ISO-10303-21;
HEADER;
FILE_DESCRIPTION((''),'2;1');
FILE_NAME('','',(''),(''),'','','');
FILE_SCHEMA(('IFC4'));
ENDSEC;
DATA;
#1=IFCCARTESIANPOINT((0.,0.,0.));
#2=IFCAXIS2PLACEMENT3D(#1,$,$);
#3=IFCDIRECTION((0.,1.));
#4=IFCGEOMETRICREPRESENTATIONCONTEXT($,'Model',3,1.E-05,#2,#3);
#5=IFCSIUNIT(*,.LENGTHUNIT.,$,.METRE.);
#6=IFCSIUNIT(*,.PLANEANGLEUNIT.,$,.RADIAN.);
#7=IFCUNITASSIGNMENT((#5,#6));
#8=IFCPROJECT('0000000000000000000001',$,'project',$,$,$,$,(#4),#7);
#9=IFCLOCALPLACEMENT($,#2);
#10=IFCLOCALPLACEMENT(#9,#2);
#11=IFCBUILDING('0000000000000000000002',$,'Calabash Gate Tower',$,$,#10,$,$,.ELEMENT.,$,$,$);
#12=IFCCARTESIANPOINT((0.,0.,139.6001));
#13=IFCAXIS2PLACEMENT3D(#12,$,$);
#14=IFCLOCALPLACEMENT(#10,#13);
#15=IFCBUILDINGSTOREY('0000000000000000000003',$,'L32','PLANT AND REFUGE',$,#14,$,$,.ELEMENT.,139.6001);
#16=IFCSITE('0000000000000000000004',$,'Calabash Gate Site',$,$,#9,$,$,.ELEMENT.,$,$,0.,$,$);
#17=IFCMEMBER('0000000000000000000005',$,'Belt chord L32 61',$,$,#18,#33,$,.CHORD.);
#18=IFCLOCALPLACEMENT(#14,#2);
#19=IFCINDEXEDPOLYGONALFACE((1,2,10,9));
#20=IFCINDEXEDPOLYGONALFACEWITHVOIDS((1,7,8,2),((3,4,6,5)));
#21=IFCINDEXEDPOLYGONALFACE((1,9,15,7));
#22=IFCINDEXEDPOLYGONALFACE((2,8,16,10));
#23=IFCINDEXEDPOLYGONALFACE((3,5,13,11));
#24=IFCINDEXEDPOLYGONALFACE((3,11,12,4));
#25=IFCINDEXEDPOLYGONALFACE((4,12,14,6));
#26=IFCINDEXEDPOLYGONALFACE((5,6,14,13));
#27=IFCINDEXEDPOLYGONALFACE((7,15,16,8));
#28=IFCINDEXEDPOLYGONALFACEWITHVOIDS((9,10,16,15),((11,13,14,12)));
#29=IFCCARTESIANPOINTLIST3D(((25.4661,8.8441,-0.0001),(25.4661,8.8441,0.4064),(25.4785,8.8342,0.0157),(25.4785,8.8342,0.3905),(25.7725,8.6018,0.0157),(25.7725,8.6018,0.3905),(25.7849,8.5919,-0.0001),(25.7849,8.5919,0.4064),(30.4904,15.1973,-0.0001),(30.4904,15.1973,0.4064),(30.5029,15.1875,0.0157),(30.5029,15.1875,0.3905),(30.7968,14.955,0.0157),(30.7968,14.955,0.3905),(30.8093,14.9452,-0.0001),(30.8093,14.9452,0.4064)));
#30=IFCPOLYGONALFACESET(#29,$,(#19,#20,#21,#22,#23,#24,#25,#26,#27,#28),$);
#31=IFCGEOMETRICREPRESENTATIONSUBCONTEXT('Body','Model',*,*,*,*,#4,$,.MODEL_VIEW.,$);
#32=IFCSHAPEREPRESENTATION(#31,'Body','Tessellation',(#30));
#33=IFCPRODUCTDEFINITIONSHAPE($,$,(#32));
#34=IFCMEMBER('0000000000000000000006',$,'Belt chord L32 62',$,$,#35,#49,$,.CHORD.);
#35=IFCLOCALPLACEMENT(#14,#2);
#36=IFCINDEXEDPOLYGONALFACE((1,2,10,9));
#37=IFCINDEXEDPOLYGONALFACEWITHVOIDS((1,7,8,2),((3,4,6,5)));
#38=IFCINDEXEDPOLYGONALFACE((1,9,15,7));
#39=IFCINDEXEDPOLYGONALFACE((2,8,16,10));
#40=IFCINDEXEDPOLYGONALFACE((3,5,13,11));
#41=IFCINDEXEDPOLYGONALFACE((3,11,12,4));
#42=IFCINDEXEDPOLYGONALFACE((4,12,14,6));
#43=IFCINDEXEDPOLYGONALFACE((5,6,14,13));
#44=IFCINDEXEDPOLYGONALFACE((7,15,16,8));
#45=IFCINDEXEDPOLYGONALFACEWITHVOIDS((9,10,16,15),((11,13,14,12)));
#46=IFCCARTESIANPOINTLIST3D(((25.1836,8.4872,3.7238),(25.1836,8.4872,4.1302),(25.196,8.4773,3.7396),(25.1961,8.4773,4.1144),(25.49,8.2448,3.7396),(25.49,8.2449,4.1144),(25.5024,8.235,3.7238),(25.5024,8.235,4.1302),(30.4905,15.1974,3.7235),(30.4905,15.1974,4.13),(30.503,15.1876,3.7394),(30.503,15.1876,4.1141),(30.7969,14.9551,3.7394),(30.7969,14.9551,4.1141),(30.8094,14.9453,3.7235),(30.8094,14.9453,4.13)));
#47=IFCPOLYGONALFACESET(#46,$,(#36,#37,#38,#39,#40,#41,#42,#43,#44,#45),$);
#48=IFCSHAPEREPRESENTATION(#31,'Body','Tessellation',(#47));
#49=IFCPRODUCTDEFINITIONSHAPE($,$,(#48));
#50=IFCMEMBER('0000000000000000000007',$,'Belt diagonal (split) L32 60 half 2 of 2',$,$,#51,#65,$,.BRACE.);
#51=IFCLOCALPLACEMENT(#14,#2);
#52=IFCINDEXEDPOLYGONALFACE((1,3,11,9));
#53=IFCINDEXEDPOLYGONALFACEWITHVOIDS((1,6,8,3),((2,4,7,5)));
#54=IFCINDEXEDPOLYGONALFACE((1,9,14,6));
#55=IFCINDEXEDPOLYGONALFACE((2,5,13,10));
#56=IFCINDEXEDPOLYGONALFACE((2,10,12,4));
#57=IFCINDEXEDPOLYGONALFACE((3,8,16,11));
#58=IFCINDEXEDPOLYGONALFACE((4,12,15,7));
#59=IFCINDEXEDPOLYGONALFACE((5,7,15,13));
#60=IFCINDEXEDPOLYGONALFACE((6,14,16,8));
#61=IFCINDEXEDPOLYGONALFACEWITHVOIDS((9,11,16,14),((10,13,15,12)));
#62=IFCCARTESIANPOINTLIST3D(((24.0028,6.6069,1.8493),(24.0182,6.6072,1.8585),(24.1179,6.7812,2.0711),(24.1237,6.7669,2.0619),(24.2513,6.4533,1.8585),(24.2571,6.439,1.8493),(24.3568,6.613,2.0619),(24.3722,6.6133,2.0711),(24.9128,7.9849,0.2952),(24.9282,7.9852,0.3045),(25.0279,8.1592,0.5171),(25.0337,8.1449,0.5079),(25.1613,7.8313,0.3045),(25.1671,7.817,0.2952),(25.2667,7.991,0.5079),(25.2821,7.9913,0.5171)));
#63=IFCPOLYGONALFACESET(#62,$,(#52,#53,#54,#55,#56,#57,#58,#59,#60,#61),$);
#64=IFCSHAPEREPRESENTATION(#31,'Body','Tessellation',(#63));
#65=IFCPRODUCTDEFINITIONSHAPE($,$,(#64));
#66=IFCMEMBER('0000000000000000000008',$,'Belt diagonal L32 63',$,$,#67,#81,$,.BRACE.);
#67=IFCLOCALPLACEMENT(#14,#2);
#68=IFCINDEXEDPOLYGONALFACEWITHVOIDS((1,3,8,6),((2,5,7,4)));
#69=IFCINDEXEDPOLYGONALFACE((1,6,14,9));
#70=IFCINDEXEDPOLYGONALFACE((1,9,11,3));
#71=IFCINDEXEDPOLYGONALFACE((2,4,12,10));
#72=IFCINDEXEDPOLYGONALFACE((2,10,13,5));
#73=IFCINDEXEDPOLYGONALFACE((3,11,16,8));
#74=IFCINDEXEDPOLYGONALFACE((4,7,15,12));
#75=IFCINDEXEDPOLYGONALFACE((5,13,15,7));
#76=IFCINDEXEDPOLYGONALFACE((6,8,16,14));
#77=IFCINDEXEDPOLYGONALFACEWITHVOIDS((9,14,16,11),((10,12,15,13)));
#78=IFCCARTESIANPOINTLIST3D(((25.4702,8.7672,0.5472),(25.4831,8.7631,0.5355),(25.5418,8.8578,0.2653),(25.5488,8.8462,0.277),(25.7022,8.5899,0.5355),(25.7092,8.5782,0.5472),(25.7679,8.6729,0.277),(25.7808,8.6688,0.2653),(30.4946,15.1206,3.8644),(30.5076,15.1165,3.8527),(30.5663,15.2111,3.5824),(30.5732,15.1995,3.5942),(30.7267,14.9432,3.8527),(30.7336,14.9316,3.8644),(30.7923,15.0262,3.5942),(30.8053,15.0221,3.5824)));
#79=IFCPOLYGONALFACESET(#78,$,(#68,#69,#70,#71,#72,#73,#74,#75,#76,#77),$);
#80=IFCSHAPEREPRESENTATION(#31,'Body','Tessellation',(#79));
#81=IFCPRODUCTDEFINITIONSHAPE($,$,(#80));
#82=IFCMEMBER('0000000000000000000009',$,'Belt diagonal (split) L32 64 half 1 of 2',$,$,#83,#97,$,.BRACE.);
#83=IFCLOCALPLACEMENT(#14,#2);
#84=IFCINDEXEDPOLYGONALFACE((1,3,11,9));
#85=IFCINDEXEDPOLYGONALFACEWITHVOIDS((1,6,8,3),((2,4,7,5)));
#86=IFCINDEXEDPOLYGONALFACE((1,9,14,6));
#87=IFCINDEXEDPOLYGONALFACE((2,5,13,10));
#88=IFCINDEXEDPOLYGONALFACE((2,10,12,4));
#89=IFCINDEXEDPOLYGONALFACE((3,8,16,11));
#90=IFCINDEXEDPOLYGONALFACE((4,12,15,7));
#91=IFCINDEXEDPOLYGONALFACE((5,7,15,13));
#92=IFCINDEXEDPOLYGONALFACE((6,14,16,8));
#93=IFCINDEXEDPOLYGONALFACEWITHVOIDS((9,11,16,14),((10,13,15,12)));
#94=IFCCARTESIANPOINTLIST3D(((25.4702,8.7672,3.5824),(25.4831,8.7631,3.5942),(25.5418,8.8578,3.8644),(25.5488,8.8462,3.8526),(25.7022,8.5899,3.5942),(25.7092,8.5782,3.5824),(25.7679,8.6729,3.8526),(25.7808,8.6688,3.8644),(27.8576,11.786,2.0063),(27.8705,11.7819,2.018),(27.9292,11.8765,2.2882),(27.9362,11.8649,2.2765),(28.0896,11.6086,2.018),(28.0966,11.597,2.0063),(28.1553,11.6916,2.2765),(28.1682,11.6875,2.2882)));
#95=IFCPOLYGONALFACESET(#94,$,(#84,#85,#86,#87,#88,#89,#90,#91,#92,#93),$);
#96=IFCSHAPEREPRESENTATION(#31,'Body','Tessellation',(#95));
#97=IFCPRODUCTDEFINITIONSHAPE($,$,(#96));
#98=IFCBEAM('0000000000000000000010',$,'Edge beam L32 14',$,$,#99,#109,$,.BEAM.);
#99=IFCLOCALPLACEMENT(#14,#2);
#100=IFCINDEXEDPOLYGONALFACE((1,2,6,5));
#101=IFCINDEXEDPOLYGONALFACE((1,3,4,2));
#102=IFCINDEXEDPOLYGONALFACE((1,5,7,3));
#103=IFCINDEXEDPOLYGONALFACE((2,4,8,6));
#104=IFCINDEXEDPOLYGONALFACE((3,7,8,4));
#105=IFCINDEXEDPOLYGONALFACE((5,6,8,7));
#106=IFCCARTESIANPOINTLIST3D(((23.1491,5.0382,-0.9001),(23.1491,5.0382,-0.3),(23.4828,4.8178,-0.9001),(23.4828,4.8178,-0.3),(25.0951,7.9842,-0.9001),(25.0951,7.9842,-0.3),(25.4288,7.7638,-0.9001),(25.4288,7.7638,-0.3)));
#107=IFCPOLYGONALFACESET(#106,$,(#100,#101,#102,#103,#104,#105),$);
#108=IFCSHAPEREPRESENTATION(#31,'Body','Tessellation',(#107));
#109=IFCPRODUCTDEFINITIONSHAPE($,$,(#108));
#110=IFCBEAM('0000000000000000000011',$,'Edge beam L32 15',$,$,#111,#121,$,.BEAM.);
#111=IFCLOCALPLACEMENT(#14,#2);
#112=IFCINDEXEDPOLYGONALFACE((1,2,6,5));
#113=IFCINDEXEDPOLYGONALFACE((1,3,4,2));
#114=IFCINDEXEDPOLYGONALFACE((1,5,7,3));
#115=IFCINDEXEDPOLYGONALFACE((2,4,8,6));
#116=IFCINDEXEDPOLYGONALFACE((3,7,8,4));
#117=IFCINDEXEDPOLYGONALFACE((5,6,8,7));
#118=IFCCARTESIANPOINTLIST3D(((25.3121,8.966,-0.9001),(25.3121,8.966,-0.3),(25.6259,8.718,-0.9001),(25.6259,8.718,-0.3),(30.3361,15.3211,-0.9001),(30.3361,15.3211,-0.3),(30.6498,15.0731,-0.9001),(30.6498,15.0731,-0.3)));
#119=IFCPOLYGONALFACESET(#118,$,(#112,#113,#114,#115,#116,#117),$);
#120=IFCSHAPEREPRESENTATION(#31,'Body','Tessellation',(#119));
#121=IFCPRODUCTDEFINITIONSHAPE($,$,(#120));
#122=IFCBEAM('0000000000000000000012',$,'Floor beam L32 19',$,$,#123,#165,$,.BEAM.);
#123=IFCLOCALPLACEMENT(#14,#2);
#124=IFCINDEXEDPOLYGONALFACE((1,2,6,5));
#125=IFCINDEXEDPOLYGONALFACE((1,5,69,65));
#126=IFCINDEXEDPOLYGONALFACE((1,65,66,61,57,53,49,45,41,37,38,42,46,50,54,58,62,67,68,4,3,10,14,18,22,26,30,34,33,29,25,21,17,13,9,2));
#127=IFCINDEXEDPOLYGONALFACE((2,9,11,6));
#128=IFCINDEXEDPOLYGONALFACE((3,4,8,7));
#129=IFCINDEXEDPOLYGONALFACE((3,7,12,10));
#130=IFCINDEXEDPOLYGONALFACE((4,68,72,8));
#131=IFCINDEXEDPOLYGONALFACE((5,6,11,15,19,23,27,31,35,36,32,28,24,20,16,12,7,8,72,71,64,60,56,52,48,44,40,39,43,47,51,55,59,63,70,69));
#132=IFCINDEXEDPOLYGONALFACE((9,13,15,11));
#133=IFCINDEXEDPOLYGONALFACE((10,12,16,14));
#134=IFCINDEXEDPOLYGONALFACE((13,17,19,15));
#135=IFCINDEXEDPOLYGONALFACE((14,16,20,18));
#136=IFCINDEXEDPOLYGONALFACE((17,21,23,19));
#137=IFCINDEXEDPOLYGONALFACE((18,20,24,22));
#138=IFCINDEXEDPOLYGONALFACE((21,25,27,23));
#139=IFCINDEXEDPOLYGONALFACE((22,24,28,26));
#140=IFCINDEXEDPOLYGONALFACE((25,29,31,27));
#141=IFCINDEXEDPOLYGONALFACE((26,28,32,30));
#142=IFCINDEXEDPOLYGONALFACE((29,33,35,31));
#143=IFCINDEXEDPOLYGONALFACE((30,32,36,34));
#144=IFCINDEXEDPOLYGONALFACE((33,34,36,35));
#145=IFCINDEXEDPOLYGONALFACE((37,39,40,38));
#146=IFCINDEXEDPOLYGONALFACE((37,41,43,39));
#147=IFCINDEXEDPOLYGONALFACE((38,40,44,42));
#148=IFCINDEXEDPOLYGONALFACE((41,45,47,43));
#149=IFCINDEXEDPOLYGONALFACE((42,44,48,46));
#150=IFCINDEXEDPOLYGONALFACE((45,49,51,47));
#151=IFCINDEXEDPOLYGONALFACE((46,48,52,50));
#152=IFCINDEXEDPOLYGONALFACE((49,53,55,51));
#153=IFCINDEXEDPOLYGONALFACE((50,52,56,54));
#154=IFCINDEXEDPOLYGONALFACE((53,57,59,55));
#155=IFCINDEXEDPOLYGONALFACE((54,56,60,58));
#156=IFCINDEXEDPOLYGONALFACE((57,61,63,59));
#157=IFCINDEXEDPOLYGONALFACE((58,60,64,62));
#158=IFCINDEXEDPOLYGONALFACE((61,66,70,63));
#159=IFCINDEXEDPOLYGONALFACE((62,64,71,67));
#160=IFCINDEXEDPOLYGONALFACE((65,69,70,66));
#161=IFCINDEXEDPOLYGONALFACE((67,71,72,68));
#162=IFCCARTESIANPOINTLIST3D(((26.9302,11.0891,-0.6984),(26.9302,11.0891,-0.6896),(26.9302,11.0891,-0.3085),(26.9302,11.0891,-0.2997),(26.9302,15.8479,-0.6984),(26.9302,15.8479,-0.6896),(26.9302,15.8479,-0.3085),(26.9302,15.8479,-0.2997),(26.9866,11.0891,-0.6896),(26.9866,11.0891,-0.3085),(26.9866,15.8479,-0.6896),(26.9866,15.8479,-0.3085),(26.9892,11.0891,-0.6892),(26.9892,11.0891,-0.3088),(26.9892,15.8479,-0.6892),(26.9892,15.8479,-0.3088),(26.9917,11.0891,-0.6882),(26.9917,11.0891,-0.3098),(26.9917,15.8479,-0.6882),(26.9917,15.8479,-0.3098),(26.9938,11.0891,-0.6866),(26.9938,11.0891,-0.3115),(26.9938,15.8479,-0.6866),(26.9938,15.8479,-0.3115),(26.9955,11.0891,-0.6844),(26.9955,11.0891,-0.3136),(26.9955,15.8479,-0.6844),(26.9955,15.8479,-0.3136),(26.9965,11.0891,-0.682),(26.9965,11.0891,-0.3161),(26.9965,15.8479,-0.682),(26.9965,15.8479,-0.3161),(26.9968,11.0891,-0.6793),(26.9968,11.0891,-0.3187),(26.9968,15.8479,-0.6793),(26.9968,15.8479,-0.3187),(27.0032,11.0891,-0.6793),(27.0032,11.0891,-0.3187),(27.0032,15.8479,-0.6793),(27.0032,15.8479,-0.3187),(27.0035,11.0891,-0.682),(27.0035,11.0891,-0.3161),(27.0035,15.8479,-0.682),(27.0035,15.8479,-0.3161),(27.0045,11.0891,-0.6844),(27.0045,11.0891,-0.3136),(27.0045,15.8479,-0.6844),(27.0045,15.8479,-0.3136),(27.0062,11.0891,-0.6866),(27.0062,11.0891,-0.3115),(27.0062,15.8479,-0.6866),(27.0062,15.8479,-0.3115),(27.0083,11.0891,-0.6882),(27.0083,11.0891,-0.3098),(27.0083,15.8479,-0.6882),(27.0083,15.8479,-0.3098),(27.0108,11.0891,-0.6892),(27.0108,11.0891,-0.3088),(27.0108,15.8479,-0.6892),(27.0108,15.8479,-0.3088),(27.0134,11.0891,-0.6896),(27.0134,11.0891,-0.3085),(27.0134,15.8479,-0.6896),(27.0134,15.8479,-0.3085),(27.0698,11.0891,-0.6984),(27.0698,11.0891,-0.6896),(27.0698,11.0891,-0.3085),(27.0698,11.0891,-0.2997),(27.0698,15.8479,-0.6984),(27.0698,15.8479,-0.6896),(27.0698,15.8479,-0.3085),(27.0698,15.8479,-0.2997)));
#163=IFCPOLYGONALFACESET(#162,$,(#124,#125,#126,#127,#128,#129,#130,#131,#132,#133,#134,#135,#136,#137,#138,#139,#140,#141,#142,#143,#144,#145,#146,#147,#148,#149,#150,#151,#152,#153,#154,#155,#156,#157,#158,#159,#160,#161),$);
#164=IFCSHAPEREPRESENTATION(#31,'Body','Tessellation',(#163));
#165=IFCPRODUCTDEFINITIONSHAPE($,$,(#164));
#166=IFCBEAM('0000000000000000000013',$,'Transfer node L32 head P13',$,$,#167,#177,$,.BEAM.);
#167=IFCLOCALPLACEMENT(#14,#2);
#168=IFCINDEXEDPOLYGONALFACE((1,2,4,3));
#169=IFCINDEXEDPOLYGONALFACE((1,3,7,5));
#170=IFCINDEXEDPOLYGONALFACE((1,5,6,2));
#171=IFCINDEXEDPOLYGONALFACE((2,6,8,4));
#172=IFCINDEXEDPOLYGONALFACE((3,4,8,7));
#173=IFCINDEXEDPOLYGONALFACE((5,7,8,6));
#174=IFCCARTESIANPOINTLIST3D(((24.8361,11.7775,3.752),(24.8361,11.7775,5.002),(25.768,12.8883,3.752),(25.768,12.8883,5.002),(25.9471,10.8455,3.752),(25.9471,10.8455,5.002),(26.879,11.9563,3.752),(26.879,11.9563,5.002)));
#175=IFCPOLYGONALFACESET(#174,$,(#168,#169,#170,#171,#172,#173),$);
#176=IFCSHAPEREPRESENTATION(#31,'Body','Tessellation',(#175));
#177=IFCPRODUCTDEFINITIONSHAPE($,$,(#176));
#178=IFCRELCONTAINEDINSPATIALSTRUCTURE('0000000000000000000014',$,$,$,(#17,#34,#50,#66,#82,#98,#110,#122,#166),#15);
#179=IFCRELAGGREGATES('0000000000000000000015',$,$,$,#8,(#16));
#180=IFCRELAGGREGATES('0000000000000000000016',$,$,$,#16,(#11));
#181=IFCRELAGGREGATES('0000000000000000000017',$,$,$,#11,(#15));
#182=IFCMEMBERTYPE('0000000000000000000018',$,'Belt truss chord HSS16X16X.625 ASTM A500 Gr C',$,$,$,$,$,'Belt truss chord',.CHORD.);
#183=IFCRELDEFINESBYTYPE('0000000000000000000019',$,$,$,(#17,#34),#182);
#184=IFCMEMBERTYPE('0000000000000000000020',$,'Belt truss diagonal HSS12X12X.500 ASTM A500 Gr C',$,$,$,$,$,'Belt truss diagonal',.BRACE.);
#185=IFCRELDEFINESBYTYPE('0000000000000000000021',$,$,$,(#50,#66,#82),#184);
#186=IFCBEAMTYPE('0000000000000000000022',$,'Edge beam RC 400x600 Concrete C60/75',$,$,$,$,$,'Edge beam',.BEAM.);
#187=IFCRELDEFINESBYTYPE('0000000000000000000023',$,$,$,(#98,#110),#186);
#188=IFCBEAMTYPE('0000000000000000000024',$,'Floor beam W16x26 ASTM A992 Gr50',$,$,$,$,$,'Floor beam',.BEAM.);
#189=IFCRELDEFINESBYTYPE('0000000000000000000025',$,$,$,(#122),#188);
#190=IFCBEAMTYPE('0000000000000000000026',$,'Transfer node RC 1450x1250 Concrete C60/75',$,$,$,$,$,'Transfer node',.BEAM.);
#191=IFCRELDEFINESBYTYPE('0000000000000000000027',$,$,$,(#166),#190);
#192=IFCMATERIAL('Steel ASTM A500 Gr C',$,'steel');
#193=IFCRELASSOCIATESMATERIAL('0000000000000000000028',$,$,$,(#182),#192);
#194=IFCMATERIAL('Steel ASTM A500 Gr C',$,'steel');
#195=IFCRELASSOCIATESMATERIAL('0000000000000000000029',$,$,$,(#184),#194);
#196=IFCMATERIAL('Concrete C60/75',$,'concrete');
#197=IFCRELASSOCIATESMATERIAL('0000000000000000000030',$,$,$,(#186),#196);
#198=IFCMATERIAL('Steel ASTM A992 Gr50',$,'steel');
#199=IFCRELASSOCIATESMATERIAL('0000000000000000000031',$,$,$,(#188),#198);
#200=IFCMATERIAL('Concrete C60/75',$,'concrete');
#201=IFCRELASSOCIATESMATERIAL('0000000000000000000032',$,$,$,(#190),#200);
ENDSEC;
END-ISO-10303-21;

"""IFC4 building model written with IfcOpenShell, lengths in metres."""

from ifc_helpers import new_model, si_unit, direction, frame, origin, origin_2d, place, context, subcontext, project, spatial, rectangle, hollow_rectangle, i_section, extrude, material, material_profile, profile_set, type_object, element, save


model = new_model("IFC4")

# Units and contexts
model_context = context("Model", 3, precision=1e-05, world=origin(), true_north=direction((0.0, 1.0)))
body_context = subcontext(model_context, "Body", "Model", "MODEL_VIEW")
ifc_project = project(units=[si_unit("LENGTHUNIT", "METRE"), si_unit("PLANEANGLEUNIT", "RADIAN")], contexts=[model_context])

# Site, building, storey
site_placement = place(None, origin())
site = spatial("IfcSite", under=ifc_project, at=site_placement, Name="Calabash Gate Site", CompositionType="ELEMENT", RefElevation=0.0)
building_placement = place(site_placement, origin())
building = spatial("IfcBuilding", under=site, at=building_placement, Name="Calabash Gate Tower", CompositionType="ELEMENT")
storey_placement = place(building_placement, frame((0.0, 0.0, 139.6001)))
storey = spatial("IfcBuildingStorey", under=building, at=storey_placement, Name="L32", Description="PLANT AND REFUGE", CompositionType="ELEMENT", Elevation=139.6001)

# Members
ifc_material_1 = material(Name="Steel ASTM A500 Gr C", Category="steel")
ifc_material_profile_1 = material_profile(ifc_material_1, hollow_rectangle(XDim=0.4065, YDim=0.4065, WallThickness=0.0159, at=origin_2d()))
ifc_profile_set_1 = profile_set([ifc_material_profile_1], Name="Steel ASTM A500 Gr C")
member_type_1 = type_object("IfcMemberType", Name="Belt truss chord HSS16X16X.625 ASTM A500 Gr C", ElementType="Belt truss chord", PredefinedType="CHORD", material=ifc_profile_set_1)
member_1_placement = place(storey_placement, frame((25.6255, 8.718, 0.2031), z_axis=(0.620304, 0.784362, 0.0), x_axis=(-0.784362, 0.620304, 0.0)))
element("IfcMember", 1, at=member_1_placement, inside=storey, type_object=member_type_1, Name="Belt chord L32 61", PredefinedType="CHORD", context=body_context, shape_type="SweptSolid", body=[
    extrude(hollow_rectangle(XDim=0.4065, YDim=0.4065, WallThickness=0.0159, at=origin_2d()), origin(), (0.0, 0.0, 1.0), 8.0999),
])
member_2_placement = place(storey_placement, frame((25.343, 8.3611, 3.927), z_axis=(0.620318, 0.784351, -0.000029), x_axis=(-0.784351, 0.620318, 0.0)))
element("IfcMember", 2, at=member_2_placement, inside=storey, type_object=member_type_1, Name="Belt chord L32 62", PredefinedType="CHORD", context=body_context, shape_type="SweptSolid", body=[
    extrude(hollow_rectangle(XDim=0.4065, YDim=0.4065, WallThickness=0.0159, at=origin_2d()), origin(), (0.0, 0.0, 1.0), 8.5552),
])
ifc_material_2 = material(Name="Steel ASTM A500 Gr C", Category="steel")
ifc_material_profile_2 = material_profile(ifc_material_2, hollow_rectangle(XDim=0.3047, YDim=0.3047, WallThickness=0.0127, at=origin_2d()))
ifc_profile_set_2 = profile_set([ifc_material_profile_2], Name="Steel ASTM A500 Gr C")
member_type_2 = type_object("IfcMemberType", Name="Belt truss diagonal HSS12X12X.500 ASTM A500 Gr C", ElementType="Belt truss diagonal", PredefinedType="BRACE", material=ifc_profile_set_2)
member_3_placement = place(storey_placement, frame((24.1875, 6.6101, 1.9602), z_axis=(0.40129, 0.607696, -0.685326), x_axis=(-0.834476, 0.551044, 0.0)))
element("IfcMember", 3, at=member_3_placement, inside=storey, type_object=member_type_2, Name="Belt diagonal (split) L32 60 half 2 of 2", PredefinedType="BRACE", context=body_context, shape_type="SweptSolid", body=[
    extrude(hollow_rectangle(XDim=0.3047, YDim=0.3047, WallThickness=0.0127, at=origin_2d()), origin(), (0.0, 0.0, 1.0), 2.2676),
])
member_4_placement = place(storey_placement, frame((25.6255, 8.718, 0.4062), z_axis=(0.574032, 0.725853, 0.378979), x_axis=(-0.784362, 0.620304, 0.0)))
element("IfcMember", 4, at=member_4_placement, inside=storey, type_object=member_type_2, Name="Belt diagonal L32 63", PredefinedType="BRACE", context=body_context, shape_type="SweptSolid", body=[
    extrude(hollow_rectangle(XDim=0.3047, YDim=0.3047, WallThickness=0.0127, at=origin_2d()), origin(), (0.0, 0.0, 1.0), 8.7529),
])
member_5_placement = place(storey_placement, frame((25.6255, 8.718, 3.7234), z_axis=(0.574043, 0.725845, -0.378977), x_axis=(-0.784353, 0.620315, 0.0)))
element("IfcMember", 5, at=member_5_placement, inside=storey, type_object=member_type_2, Name="Belt diagonal (split) L32 64 half 1 of 2", PredefinedType="BRACE", context=body_context, shape_type="SweptSolid", body=[
    extrude(hollow_rectangle(XDim=0.3047, YDim=0.3047, WallThickness=0.0127, at=origin_2d()), origin(), (0.0, 0.0, 1.0), 4.1589),
])

# Beams
ifc_material_3 = material(Name="Concrete C60/75", Category="concrete")
ifc_material_profile_3 = material_profile(ifc_material_3, rectangle(XDim=0.3999, YDim=0.6001, at=origin_2d()))
ifc_profile_set_3 = profile_set([ifc_material_profile_3], Name="Concrete C60/75")
beam_type_1 = type_object("IfcBeamType", Name="Edge beam RC 400x600 Concrete C60/75", ElementType="Edge beam", PredefinedType="BEAM", material=ifc_profile_set_3)
beam_1_placement = place(storey_placement, frame((23.3159, 4.928, -0.6001), z_axis=(0.551169, 0.834394, 0.0), x_axis=(-0.834394, 0.551169, 0.0)))
element("IfcBeam", 6, at=beam_1_placement, inside=storey, type_object=beam_type_1, Name="Edge beam L32 14", PredefinedType="BEAM", context=body_context, shape_type="SweptSolid", body=[
    extrude(rectangle(XDim=0.3999, YDim=0.6001, at=origin_2d()), origin(), (0.0, 0.0, 1.0), 3.5308),
])
beam_2_placement = place(storey_placement, frame((25.469, 8.842, -0.6001), z_axis=(0.620164, 0.784472, 0.0), x_axis=(-0.784472, 0.620164, 0.0)))
element("IfcBeam", 7, at=beam_2_placement, inside=storey, type_object=beam_type_1, Name="Edge beam L32 15", PredefinedType="BEAM", context=body_context, shape_type="SweptSolid", body=[
    extrude(rectangle(XDim=0.3999, YDim=0.6001, at=origin_2d()), origin(), (0.0, 0.0, 1.0), 8.1011),
])
ifc_material_4 = material(Name="Steel ASTM A992 Gr50", Category="steel")
ifc_material_profile_4 = material_profile(ifc_material_4, i_section(OverallWidth=0.1396, OverallDepth=0.3987, WebThickness=0.0063, FlangeThickness=0.0088, FilletRadius=0.0103, at=origin_2d()))
ifc_profile_set_4 = profile_set([ifc_material_profile_4], Name="Steel ASTM A992 Gr50")
beam_type_2 = type_object("IfcBeamType", Name="Floor beam W16x26 ASTM A992 Gr50", ElementType="Floor beam", PredefinedType="BEAM", material=ifc_profile_set_4)
beam_3_placement = place(storey_placement, frame((27.0, 11.0891, -0.499), z_axis=(0.0, 1.0, 0.0), x_axis=(-1.0, 0.0, 0.0)))
element("IfcBeam", 8, at=beam_3_placement, inside=storey, type_object=beam_type_2, Name="Floor beam L32 19", PredefinedType="BEAM", context=body_context, shape_type="SweptSolid", body=[
    extrude(i_section(OverallWidth=0.1396, OverallDepth=0.3987, WebThickness=0.0063, FlangeThickness=0.0088, FilletRadius=0.0103, at=origin_2d()), origin(), (0.0, 0.0, 1.0), 4.7588),
])
ifc_material_5 = material(Name="Concrete C60/75", Category="concrete")
ifc_material_profile_5 = material_profile(ifc_material_5, rectangle(XDim=1.45, YDim=1.25, at=origin_2d()))
ifc_profile_set_5 = profile_set([ifc_material_profile_5], Name="Concrete C60/75")
beam_type_3 = type_object("IfcBeamType", Name="Transfer node RC 1450x1250 Concrete C60/75", ElementType="Transfer node", PredefinedType="BEAM", material=ifc_profile_set_5)
beam_4_placement = place(storey_placement, frame((26.4131, 11.4009, 4.377), z_axis=(-0.766106, 0.642714, 0.0), x_axis=(-0.642714, -0.766106, 0.0)))
element("IfcBeam", 9, at=beam_4_placement, inside=storey, type_object=beam_type_3, Name="Transfer node L32 head P13", PredefinedType="BEAM", context=body_context, shape_type="SweptSolid", body=[
    extrude(rectangle(XDim=1.45, YDim=1.25, at=origin_2d()), origin(), (0.0, 0.0, 1.0), 1.4502),
])

save(model, "model.ifc")
